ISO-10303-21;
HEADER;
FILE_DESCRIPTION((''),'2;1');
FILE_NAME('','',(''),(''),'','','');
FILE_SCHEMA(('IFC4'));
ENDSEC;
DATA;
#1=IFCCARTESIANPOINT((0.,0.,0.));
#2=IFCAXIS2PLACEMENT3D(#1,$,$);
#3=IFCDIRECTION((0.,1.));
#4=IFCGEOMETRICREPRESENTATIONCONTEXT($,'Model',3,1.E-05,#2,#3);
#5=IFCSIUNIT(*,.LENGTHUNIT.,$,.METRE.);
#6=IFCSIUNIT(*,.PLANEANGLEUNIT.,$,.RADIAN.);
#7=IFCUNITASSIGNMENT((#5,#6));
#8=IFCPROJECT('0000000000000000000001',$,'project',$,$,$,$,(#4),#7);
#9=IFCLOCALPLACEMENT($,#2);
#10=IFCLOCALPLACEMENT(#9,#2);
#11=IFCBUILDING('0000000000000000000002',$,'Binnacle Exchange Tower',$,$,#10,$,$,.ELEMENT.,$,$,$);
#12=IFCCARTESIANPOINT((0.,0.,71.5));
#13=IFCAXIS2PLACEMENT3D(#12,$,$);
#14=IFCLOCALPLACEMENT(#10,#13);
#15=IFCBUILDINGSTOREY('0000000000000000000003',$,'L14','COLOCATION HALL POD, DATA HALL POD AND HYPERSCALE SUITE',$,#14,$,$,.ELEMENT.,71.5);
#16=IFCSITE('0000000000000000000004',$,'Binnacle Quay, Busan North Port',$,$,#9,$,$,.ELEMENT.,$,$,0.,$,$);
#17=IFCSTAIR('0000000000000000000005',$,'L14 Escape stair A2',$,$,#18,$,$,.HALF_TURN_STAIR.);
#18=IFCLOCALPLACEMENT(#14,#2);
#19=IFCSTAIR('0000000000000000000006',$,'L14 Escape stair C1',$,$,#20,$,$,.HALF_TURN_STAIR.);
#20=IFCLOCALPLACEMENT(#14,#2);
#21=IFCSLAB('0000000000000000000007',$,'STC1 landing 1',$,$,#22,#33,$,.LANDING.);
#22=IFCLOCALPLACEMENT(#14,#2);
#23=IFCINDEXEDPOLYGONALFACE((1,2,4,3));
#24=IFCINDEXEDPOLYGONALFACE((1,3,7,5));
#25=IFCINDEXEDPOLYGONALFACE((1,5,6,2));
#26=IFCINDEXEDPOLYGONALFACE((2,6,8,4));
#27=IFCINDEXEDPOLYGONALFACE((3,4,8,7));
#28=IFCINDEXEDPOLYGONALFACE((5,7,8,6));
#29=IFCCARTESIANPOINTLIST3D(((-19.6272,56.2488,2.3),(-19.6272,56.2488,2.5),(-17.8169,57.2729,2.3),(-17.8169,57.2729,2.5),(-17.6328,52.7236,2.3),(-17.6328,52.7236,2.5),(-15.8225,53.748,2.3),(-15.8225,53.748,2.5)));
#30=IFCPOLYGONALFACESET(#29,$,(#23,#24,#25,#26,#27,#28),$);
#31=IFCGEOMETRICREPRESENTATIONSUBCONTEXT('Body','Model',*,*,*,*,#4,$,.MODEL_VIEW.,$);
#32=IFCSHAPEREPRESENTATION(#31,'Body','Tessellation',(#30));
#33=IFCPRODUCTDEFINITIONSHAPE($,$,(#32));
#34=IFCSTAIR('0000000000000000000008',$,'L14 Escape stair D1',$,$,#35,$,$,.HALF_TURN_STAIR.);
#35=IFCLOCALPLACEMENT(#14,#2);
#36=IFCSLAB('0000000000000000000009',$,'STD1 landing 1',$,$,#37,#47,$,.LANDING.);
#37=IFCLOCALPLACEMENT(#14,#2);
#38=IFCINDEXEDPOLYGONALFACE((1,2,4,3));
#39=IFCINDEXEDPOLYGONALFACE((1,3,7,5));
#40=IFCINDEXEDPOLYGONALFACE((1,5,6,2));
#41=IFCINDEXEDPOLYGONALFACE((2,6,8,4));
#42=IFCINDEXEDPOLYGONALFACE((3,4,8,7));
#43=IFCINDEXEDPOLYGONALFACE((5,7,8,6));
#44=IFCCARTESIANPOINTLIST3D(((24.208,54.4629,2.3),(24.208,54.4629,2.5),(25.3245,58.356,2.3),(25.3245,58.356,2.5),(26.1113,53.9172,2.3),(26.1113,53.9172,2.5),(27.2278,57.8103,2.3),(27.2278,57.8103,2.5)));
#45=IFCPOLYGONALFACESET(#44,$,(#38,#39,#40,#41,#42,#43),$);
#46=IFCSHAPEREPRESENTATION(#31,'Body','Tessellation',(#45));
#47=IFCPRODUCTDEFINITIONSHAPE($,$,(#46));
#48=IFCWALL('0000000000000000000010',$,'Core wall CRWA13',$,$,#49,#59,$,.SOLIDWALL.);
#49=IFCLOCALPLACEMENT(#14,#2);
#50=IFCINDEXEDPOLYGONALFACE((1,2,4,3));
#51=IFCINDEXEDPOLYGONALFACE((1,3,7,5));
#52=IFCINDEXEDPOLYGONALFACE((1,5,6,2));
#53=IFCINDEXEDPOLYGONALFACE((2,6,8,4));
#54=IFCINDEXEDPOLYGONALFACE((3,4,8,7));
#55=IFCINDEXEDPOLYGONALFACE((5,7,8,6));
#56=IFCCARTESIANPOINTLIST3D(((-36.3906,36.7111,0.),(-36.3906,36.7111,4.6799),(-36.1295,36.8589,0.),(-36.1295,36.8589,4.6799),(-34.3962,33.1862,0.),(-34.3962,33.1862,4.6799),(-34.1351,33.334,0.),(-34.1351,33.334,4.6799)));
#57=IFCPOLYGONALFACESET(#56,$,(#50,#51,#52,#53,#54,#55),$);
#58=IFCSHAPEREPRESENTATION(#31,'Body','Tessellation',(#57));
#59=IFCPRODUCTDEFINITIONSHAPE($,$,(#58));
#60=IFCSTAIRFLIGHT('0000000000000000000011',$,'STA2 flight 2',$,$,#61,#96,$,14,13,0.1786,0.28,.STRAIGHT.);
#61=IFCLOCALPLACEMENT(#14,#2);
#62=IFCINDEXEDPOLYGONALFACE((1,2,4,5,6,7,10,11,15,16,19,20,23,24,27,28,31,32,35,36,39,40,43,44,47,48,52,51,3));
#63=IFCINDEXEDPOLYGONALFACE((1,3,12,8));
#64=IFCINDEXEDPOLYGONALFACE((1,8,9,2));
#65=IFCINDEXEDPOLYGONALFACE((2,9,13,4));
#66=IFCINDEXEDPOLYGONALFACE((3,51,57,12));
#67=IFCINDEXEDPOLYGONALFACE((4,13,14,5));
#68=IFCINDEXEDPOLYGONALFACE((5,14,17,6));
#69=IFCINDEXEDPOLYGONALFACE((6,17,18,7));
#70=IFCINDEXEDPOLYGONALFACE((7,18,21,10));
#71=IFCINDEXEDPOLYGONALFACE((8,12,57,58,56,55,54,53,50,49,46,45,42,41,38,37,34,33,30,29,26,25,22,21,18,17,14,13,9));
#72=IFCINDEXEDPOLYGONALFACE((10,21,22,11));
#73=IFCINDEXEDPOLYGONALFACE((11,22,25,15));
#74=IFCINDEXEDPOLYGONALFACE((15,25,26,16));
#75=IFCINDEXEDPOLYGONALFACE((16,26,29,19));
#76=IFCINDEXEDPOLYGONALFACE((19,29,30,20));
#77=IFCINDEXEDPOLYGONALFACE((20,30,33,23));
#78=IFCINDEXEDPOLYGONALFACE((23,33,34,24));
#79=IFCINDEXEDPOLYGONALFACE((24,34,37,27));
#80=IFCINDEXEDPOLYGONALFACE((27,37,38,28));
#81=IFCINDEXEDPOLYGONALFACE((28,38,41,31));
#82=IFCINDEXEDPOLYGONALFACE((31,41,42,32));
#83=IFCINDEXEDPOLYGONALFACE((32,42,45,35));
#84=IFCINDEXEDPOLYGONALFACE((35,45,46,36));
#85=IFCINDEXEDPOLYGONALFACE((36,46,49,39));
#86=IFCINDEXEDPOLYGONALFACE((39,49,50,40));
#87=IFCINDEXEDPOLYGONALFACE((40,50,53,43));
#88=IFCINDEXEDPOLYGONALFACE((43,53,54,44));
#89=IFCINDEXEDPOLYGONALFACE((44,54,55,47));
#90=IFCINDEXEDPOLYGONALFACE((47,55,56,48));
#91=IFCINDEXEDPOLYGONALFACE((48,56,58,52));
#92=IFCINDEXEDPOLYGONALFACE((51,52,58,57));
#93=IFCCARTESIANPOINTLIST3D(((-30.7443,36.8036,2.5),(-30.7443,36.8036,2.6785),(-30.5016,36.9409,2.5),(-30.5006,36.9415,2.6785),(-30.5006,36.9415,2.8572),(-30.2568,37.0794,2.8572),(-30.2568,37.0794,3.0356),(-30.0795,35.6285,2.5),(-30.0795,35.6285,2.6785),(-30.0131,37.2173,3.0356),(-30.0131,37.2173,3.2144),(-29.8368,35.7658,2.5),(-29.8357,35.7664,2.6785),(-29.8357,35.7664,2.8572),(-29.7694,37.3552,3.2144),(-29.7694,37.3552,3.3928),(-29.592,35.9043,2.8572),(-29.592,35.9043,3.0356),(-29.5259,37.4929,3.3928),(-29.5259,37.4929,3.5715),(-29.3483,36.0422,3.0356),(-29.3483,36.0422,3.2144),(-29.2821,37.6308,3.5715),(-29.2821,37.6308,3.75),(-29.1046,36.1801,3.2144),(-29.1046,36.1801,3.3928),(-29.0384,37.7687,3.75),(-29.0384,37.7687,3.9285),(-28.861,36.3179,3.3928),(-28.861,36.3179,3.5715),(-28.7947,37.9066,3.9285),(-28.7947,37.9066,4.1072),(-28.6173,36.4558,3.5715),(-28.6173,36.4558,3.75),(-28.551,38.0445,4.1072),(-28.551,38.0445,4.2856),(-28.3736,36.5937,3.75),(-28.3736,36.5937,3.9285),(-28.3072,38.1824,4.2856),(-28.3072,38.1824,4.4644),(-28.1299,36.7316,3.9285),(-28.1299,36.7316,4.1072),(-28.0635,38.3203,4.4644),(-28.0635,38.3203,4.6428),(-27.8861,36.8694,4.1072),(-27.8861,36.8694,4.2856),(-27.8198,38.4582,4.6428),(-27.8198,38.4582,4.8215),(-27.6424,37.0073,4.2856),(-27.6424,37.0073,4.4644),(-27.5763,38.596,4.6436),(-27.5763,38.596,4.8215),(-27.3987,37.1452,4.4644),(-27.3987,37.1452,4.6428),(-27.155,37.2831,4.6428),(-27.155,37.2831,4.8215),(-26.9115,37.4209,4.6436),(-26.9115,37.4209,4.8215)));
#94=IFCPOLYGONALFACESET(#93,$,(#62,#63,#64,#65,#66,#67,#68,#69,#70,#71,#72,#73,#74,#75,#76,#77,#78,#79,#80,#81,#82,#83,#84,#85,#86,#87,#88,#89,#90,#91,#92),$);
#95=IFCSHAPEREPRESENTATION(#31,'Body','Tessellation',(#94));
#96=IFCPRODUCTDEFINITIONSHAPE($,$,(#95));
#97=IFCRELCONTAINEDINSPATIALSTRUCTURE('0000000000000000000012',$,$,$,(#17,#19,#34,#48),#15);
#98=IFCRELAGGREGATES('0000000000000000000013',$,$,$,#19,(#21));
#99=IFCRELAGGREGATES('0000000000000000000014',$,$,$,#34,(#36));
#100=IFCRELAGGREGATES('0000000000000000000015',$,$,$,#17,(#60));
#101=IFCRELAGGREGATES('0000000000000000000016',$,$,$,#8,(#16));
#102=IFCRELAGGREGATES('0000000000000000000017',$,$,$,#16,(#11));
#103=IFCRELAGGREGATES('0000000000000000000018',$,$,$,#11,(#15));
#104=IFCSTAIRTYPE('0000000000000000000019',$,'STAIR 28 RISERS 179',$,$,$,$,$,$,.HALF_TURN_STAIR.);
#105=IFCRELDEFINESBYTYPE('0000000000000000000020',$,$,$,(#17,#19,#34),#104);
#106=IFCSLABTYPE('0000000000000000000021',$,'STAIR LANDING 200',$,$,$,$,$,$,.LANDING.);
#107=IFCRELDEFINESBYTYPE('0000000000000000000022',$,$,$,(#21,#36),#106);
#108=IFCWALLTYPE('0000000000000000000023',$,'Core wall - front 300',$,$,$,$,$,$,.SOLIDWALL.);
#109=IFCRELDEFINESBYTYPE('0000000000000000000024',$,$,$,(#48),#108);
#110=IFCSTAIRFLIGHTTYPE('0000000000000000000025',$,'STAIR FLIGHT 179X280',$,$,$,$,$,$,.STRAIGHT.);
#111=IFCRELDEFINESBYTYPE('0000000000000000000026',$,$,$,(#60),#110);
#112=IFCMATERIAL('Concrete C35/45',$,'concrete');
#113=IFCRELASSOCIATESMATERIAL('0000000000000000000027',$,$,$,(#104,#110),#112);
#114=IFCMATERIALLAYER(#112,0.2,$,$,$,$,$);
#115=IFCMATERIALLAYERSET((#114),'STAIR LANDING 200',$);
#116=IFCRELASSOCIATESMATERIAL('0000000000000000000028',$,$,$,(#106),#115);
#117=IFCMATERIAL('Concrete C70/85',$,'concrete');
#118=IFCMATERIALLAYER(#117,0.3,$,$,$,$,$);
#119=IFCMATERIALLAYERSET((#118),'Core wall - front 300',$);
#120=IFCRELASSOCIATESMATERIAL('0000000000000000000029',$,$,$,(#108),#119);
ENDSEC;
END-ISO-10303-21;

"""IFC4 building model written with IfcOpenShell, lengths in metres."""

from ifc_helpers import new_model, si_unit, direction, frame, frame_2d, origin, place, context, subcontext, project, spatial, polyline, rectangle, outline, extrude, material, layer, layer_set, type_object, element, aggregate, save


model = new_model("IFC4")

# Units and contexts
model_context = context("Model", 3, precision=1e-05, world=origin(), true_north=direction((0.0, 1.0)))
body_context = subcontext(model_context, "Body", "Model", "MODEL_VIEW")
ifc_project = project(units=[si_unit("LENGTHUNIT", "METRE"), si_unit("PLANEANGLEUNIT", "RADIAN")], contexts=[model_context])

# Site, building, storey
site_placement = place(None, origin())
site = spatial("IfcSite", under=ifc_project, at=site_placement, Name="Binnacle Quay, Busan North Port", CompositionType="ELEMENT", RefElevation=0.0)
building_placement = place(site_placement, origin())
building = spatial("IfcBuilding", under=site, at=building_placement, Name="Binnacle Exchange Tower", CompositionType="ELEMENT")
storey_placement = place(building_placement, frame((0.0, 0.0, 71.5)))
storey = spatial("IfcBuildingStorey", under=building, at=storey_placement, Name="L14", Description="COLOCATION HALL POD, DATA HALL POD AND HYPERSCALE SUITE", CompositionType="ELEMENT", Elevation=71.5)

# Shared definitions
ifc_material_1 = material(Name="Concrete C70/85", Category="concrete")

# Shared definitions
ifc_material_2 = material(Name="Concrete C35/45", Category="concrete")

# Stairs, slabs
stair_type = type_object("IfcStairType", Name="STAIR 28 RISERS 179", PredefinedType="HALF_TURN_STAIR", material=ifc_material_2)
ifc_layer_1 = layer(ifc_material_2, 0.2)
ifc_layer_set_1 = layer_set([ifc_layer_1], Name="STAIR LANDING 200")
slab_type_1 = type_object("IfcSlabType", Name="STAIR LANDING 200", PredefinedType="LANDING", material=ifc_layer_set_1)
stair_1_placement = place(storey_placement, origin())
stair_1 = element("IfcStair", 1, at=stair_1_placement, inside=storey, type_object=stair_type, Name="L14 Escape stair A2", PredefinedType="HALF_TURN_STAIR")
stair_2_placement = place(storey_placement, origin())
stair_2 = element("IfcStair", 2, at=stair_2_placement, inside=storey, type_object=stair_type, Name="L14 Escape stair C1", PredefinedType="HALF_TURN_STAIR")
slab_1_placement = place(storey_placement, frame((0.0, 0.0, 2.3)))
slab_1 = element("IfcSlab", 3, at=slab_1_placement, type_object=slab_type_1, Name="STC1 landing 1", PredefinedType="LANDING", context=body_context, shape_type="SweptSolid", body=[
    extrude(outline(polyline([(-17.6328, 52.7236), (-15.8225, 53.748), (-17.8169, 57.2729), (-19.6272, 56.2488), (-17.6328, 52.7236)])), origin(), (0.0, 0.0, 1.0), 0.2),
])
aggregate(stair_2, [slab_1])
stair_3_placement = place(storey_placement, origin())
stair_3 = element("IfcStair", 4, at=stair_3_placement, inside=storey, type_object=stair_type, Name="L14 Escape stair D1", PredefinedType="HALF_TURN_STAIR")
slab_2_placement = place(storey_placement, frame((0.0, 0.0, 2.3)))
slab_2 = element("IfcSlab", 5, at=slab_2_placement, type_object=slab_type_1, Name="STD1 landing 1", PredefinedType="LANDING", context=body_context, shape_type="SweptSolid", body=[
    extrude(outline(polyline([(24.208, 54.4629), (26.1113, 53.9172), (27.2278, 57.8103), (25.3245, 58.356), (24.208, 54.4629)])), origin(), (0.0, 0.0, 1.0), 0.2),
])
aggregate(stair_3, [slab_2])

# Wall
ifc_layer_2 = layer(ifc_material_1, 0.3)
ifc_layer_set_2 = layer_set([ifc_layer_2], Name="Core wall - front 300")
wall_type = type_object("IfcWallType", Name="Core wall - front 300", PredefinedType="SOLIDWALL", material=ifc_layer_set_2)
wall_placement = place(storey_placement, frame((-36.26, 36.7849, 0.0), z_axis=(0.0, 0.0, 1.0), x_axis=(0.492441, -0.870346, 0.0)))
element("IfcWall", 6, at=wall_placement, inside=storey, type_object=wall_type, Name="Core wall CRWA13", PredefinedType="SOLIDWALL", context=body_context, shape_type="SweptSolid", body=[
    extrude(rectangle(XDim=4.05, YDim=0.3, at=frame_2d((2.0249, 0.0))), origin(), (0.0, 0.0, 1.0), 4.6799),
])

# Stair flight
stair_flight_type = type_object("IfcStairFlightType", Name="STAIR FLIGHT 179X280", PredefinedType="STRAIGHT", material=ifc_material_2)
stair_flight_placement = place(storey_placement, frame((-30.4119, 36.2161, 2.5), z_axis=(0.0, 0.0, 1.0), x_axis=(0.870356, 0.492424, 0.0)))
stair_flight = element("IfcStairFlight", 7, at=stair_flight_placement, type_object=stair_flight_type, Name="STA2 flight 2", NumberOfRisers=14, NumberOfTreads=13, PredefinedType="STRAIGHT", RiserHeight=0.1786, TreadLength=0.28, context=body_context, shape_type="SweptSolid", body=[
    extrude(outline(polyline([(0.0, 0.0), (0.0, 0.1785), (0.28, 0.1785), (0.28, 0.3572), (0.5601, 0.3572), (0.5601, 0.5356), (0.8401, 0.5356), (0.8401, 0.7144), (1.1201, 0.7144), (1.1201, 0.8928), (1.3999, 0.8928), (1.3999, 1.0715), (1.6799, 1.0715), (1.6799, 1.25), (1.96, 1.25), (1.96, 1.4285), (2.24, 1.4285), (2.24, 1.6072), (2.52, 1.6072), (2.52, 1.7856), (2.8, 1.7856), (2.8, 1.9644), (3.0801, 1.9644), (3.0801, 2.1428), (3.3601, 2.1428), (3.3601, 2.3215), (3.6399, 2.3215), (3.6399, 2.5), (3.6399, 2.1436), (0.2788, 0.0), (0.0, 0.0)])), frame((0.0, 0.675, 0.0), z_axis=(0.0, -1.0, 0.0), x_axis=(1.0, 0.0, 0.0)), (0.0, 0.0, 1.0), 1.3501),
])
aggregate(stair_1, [stair_flight])

save(model, "model.ifc")
